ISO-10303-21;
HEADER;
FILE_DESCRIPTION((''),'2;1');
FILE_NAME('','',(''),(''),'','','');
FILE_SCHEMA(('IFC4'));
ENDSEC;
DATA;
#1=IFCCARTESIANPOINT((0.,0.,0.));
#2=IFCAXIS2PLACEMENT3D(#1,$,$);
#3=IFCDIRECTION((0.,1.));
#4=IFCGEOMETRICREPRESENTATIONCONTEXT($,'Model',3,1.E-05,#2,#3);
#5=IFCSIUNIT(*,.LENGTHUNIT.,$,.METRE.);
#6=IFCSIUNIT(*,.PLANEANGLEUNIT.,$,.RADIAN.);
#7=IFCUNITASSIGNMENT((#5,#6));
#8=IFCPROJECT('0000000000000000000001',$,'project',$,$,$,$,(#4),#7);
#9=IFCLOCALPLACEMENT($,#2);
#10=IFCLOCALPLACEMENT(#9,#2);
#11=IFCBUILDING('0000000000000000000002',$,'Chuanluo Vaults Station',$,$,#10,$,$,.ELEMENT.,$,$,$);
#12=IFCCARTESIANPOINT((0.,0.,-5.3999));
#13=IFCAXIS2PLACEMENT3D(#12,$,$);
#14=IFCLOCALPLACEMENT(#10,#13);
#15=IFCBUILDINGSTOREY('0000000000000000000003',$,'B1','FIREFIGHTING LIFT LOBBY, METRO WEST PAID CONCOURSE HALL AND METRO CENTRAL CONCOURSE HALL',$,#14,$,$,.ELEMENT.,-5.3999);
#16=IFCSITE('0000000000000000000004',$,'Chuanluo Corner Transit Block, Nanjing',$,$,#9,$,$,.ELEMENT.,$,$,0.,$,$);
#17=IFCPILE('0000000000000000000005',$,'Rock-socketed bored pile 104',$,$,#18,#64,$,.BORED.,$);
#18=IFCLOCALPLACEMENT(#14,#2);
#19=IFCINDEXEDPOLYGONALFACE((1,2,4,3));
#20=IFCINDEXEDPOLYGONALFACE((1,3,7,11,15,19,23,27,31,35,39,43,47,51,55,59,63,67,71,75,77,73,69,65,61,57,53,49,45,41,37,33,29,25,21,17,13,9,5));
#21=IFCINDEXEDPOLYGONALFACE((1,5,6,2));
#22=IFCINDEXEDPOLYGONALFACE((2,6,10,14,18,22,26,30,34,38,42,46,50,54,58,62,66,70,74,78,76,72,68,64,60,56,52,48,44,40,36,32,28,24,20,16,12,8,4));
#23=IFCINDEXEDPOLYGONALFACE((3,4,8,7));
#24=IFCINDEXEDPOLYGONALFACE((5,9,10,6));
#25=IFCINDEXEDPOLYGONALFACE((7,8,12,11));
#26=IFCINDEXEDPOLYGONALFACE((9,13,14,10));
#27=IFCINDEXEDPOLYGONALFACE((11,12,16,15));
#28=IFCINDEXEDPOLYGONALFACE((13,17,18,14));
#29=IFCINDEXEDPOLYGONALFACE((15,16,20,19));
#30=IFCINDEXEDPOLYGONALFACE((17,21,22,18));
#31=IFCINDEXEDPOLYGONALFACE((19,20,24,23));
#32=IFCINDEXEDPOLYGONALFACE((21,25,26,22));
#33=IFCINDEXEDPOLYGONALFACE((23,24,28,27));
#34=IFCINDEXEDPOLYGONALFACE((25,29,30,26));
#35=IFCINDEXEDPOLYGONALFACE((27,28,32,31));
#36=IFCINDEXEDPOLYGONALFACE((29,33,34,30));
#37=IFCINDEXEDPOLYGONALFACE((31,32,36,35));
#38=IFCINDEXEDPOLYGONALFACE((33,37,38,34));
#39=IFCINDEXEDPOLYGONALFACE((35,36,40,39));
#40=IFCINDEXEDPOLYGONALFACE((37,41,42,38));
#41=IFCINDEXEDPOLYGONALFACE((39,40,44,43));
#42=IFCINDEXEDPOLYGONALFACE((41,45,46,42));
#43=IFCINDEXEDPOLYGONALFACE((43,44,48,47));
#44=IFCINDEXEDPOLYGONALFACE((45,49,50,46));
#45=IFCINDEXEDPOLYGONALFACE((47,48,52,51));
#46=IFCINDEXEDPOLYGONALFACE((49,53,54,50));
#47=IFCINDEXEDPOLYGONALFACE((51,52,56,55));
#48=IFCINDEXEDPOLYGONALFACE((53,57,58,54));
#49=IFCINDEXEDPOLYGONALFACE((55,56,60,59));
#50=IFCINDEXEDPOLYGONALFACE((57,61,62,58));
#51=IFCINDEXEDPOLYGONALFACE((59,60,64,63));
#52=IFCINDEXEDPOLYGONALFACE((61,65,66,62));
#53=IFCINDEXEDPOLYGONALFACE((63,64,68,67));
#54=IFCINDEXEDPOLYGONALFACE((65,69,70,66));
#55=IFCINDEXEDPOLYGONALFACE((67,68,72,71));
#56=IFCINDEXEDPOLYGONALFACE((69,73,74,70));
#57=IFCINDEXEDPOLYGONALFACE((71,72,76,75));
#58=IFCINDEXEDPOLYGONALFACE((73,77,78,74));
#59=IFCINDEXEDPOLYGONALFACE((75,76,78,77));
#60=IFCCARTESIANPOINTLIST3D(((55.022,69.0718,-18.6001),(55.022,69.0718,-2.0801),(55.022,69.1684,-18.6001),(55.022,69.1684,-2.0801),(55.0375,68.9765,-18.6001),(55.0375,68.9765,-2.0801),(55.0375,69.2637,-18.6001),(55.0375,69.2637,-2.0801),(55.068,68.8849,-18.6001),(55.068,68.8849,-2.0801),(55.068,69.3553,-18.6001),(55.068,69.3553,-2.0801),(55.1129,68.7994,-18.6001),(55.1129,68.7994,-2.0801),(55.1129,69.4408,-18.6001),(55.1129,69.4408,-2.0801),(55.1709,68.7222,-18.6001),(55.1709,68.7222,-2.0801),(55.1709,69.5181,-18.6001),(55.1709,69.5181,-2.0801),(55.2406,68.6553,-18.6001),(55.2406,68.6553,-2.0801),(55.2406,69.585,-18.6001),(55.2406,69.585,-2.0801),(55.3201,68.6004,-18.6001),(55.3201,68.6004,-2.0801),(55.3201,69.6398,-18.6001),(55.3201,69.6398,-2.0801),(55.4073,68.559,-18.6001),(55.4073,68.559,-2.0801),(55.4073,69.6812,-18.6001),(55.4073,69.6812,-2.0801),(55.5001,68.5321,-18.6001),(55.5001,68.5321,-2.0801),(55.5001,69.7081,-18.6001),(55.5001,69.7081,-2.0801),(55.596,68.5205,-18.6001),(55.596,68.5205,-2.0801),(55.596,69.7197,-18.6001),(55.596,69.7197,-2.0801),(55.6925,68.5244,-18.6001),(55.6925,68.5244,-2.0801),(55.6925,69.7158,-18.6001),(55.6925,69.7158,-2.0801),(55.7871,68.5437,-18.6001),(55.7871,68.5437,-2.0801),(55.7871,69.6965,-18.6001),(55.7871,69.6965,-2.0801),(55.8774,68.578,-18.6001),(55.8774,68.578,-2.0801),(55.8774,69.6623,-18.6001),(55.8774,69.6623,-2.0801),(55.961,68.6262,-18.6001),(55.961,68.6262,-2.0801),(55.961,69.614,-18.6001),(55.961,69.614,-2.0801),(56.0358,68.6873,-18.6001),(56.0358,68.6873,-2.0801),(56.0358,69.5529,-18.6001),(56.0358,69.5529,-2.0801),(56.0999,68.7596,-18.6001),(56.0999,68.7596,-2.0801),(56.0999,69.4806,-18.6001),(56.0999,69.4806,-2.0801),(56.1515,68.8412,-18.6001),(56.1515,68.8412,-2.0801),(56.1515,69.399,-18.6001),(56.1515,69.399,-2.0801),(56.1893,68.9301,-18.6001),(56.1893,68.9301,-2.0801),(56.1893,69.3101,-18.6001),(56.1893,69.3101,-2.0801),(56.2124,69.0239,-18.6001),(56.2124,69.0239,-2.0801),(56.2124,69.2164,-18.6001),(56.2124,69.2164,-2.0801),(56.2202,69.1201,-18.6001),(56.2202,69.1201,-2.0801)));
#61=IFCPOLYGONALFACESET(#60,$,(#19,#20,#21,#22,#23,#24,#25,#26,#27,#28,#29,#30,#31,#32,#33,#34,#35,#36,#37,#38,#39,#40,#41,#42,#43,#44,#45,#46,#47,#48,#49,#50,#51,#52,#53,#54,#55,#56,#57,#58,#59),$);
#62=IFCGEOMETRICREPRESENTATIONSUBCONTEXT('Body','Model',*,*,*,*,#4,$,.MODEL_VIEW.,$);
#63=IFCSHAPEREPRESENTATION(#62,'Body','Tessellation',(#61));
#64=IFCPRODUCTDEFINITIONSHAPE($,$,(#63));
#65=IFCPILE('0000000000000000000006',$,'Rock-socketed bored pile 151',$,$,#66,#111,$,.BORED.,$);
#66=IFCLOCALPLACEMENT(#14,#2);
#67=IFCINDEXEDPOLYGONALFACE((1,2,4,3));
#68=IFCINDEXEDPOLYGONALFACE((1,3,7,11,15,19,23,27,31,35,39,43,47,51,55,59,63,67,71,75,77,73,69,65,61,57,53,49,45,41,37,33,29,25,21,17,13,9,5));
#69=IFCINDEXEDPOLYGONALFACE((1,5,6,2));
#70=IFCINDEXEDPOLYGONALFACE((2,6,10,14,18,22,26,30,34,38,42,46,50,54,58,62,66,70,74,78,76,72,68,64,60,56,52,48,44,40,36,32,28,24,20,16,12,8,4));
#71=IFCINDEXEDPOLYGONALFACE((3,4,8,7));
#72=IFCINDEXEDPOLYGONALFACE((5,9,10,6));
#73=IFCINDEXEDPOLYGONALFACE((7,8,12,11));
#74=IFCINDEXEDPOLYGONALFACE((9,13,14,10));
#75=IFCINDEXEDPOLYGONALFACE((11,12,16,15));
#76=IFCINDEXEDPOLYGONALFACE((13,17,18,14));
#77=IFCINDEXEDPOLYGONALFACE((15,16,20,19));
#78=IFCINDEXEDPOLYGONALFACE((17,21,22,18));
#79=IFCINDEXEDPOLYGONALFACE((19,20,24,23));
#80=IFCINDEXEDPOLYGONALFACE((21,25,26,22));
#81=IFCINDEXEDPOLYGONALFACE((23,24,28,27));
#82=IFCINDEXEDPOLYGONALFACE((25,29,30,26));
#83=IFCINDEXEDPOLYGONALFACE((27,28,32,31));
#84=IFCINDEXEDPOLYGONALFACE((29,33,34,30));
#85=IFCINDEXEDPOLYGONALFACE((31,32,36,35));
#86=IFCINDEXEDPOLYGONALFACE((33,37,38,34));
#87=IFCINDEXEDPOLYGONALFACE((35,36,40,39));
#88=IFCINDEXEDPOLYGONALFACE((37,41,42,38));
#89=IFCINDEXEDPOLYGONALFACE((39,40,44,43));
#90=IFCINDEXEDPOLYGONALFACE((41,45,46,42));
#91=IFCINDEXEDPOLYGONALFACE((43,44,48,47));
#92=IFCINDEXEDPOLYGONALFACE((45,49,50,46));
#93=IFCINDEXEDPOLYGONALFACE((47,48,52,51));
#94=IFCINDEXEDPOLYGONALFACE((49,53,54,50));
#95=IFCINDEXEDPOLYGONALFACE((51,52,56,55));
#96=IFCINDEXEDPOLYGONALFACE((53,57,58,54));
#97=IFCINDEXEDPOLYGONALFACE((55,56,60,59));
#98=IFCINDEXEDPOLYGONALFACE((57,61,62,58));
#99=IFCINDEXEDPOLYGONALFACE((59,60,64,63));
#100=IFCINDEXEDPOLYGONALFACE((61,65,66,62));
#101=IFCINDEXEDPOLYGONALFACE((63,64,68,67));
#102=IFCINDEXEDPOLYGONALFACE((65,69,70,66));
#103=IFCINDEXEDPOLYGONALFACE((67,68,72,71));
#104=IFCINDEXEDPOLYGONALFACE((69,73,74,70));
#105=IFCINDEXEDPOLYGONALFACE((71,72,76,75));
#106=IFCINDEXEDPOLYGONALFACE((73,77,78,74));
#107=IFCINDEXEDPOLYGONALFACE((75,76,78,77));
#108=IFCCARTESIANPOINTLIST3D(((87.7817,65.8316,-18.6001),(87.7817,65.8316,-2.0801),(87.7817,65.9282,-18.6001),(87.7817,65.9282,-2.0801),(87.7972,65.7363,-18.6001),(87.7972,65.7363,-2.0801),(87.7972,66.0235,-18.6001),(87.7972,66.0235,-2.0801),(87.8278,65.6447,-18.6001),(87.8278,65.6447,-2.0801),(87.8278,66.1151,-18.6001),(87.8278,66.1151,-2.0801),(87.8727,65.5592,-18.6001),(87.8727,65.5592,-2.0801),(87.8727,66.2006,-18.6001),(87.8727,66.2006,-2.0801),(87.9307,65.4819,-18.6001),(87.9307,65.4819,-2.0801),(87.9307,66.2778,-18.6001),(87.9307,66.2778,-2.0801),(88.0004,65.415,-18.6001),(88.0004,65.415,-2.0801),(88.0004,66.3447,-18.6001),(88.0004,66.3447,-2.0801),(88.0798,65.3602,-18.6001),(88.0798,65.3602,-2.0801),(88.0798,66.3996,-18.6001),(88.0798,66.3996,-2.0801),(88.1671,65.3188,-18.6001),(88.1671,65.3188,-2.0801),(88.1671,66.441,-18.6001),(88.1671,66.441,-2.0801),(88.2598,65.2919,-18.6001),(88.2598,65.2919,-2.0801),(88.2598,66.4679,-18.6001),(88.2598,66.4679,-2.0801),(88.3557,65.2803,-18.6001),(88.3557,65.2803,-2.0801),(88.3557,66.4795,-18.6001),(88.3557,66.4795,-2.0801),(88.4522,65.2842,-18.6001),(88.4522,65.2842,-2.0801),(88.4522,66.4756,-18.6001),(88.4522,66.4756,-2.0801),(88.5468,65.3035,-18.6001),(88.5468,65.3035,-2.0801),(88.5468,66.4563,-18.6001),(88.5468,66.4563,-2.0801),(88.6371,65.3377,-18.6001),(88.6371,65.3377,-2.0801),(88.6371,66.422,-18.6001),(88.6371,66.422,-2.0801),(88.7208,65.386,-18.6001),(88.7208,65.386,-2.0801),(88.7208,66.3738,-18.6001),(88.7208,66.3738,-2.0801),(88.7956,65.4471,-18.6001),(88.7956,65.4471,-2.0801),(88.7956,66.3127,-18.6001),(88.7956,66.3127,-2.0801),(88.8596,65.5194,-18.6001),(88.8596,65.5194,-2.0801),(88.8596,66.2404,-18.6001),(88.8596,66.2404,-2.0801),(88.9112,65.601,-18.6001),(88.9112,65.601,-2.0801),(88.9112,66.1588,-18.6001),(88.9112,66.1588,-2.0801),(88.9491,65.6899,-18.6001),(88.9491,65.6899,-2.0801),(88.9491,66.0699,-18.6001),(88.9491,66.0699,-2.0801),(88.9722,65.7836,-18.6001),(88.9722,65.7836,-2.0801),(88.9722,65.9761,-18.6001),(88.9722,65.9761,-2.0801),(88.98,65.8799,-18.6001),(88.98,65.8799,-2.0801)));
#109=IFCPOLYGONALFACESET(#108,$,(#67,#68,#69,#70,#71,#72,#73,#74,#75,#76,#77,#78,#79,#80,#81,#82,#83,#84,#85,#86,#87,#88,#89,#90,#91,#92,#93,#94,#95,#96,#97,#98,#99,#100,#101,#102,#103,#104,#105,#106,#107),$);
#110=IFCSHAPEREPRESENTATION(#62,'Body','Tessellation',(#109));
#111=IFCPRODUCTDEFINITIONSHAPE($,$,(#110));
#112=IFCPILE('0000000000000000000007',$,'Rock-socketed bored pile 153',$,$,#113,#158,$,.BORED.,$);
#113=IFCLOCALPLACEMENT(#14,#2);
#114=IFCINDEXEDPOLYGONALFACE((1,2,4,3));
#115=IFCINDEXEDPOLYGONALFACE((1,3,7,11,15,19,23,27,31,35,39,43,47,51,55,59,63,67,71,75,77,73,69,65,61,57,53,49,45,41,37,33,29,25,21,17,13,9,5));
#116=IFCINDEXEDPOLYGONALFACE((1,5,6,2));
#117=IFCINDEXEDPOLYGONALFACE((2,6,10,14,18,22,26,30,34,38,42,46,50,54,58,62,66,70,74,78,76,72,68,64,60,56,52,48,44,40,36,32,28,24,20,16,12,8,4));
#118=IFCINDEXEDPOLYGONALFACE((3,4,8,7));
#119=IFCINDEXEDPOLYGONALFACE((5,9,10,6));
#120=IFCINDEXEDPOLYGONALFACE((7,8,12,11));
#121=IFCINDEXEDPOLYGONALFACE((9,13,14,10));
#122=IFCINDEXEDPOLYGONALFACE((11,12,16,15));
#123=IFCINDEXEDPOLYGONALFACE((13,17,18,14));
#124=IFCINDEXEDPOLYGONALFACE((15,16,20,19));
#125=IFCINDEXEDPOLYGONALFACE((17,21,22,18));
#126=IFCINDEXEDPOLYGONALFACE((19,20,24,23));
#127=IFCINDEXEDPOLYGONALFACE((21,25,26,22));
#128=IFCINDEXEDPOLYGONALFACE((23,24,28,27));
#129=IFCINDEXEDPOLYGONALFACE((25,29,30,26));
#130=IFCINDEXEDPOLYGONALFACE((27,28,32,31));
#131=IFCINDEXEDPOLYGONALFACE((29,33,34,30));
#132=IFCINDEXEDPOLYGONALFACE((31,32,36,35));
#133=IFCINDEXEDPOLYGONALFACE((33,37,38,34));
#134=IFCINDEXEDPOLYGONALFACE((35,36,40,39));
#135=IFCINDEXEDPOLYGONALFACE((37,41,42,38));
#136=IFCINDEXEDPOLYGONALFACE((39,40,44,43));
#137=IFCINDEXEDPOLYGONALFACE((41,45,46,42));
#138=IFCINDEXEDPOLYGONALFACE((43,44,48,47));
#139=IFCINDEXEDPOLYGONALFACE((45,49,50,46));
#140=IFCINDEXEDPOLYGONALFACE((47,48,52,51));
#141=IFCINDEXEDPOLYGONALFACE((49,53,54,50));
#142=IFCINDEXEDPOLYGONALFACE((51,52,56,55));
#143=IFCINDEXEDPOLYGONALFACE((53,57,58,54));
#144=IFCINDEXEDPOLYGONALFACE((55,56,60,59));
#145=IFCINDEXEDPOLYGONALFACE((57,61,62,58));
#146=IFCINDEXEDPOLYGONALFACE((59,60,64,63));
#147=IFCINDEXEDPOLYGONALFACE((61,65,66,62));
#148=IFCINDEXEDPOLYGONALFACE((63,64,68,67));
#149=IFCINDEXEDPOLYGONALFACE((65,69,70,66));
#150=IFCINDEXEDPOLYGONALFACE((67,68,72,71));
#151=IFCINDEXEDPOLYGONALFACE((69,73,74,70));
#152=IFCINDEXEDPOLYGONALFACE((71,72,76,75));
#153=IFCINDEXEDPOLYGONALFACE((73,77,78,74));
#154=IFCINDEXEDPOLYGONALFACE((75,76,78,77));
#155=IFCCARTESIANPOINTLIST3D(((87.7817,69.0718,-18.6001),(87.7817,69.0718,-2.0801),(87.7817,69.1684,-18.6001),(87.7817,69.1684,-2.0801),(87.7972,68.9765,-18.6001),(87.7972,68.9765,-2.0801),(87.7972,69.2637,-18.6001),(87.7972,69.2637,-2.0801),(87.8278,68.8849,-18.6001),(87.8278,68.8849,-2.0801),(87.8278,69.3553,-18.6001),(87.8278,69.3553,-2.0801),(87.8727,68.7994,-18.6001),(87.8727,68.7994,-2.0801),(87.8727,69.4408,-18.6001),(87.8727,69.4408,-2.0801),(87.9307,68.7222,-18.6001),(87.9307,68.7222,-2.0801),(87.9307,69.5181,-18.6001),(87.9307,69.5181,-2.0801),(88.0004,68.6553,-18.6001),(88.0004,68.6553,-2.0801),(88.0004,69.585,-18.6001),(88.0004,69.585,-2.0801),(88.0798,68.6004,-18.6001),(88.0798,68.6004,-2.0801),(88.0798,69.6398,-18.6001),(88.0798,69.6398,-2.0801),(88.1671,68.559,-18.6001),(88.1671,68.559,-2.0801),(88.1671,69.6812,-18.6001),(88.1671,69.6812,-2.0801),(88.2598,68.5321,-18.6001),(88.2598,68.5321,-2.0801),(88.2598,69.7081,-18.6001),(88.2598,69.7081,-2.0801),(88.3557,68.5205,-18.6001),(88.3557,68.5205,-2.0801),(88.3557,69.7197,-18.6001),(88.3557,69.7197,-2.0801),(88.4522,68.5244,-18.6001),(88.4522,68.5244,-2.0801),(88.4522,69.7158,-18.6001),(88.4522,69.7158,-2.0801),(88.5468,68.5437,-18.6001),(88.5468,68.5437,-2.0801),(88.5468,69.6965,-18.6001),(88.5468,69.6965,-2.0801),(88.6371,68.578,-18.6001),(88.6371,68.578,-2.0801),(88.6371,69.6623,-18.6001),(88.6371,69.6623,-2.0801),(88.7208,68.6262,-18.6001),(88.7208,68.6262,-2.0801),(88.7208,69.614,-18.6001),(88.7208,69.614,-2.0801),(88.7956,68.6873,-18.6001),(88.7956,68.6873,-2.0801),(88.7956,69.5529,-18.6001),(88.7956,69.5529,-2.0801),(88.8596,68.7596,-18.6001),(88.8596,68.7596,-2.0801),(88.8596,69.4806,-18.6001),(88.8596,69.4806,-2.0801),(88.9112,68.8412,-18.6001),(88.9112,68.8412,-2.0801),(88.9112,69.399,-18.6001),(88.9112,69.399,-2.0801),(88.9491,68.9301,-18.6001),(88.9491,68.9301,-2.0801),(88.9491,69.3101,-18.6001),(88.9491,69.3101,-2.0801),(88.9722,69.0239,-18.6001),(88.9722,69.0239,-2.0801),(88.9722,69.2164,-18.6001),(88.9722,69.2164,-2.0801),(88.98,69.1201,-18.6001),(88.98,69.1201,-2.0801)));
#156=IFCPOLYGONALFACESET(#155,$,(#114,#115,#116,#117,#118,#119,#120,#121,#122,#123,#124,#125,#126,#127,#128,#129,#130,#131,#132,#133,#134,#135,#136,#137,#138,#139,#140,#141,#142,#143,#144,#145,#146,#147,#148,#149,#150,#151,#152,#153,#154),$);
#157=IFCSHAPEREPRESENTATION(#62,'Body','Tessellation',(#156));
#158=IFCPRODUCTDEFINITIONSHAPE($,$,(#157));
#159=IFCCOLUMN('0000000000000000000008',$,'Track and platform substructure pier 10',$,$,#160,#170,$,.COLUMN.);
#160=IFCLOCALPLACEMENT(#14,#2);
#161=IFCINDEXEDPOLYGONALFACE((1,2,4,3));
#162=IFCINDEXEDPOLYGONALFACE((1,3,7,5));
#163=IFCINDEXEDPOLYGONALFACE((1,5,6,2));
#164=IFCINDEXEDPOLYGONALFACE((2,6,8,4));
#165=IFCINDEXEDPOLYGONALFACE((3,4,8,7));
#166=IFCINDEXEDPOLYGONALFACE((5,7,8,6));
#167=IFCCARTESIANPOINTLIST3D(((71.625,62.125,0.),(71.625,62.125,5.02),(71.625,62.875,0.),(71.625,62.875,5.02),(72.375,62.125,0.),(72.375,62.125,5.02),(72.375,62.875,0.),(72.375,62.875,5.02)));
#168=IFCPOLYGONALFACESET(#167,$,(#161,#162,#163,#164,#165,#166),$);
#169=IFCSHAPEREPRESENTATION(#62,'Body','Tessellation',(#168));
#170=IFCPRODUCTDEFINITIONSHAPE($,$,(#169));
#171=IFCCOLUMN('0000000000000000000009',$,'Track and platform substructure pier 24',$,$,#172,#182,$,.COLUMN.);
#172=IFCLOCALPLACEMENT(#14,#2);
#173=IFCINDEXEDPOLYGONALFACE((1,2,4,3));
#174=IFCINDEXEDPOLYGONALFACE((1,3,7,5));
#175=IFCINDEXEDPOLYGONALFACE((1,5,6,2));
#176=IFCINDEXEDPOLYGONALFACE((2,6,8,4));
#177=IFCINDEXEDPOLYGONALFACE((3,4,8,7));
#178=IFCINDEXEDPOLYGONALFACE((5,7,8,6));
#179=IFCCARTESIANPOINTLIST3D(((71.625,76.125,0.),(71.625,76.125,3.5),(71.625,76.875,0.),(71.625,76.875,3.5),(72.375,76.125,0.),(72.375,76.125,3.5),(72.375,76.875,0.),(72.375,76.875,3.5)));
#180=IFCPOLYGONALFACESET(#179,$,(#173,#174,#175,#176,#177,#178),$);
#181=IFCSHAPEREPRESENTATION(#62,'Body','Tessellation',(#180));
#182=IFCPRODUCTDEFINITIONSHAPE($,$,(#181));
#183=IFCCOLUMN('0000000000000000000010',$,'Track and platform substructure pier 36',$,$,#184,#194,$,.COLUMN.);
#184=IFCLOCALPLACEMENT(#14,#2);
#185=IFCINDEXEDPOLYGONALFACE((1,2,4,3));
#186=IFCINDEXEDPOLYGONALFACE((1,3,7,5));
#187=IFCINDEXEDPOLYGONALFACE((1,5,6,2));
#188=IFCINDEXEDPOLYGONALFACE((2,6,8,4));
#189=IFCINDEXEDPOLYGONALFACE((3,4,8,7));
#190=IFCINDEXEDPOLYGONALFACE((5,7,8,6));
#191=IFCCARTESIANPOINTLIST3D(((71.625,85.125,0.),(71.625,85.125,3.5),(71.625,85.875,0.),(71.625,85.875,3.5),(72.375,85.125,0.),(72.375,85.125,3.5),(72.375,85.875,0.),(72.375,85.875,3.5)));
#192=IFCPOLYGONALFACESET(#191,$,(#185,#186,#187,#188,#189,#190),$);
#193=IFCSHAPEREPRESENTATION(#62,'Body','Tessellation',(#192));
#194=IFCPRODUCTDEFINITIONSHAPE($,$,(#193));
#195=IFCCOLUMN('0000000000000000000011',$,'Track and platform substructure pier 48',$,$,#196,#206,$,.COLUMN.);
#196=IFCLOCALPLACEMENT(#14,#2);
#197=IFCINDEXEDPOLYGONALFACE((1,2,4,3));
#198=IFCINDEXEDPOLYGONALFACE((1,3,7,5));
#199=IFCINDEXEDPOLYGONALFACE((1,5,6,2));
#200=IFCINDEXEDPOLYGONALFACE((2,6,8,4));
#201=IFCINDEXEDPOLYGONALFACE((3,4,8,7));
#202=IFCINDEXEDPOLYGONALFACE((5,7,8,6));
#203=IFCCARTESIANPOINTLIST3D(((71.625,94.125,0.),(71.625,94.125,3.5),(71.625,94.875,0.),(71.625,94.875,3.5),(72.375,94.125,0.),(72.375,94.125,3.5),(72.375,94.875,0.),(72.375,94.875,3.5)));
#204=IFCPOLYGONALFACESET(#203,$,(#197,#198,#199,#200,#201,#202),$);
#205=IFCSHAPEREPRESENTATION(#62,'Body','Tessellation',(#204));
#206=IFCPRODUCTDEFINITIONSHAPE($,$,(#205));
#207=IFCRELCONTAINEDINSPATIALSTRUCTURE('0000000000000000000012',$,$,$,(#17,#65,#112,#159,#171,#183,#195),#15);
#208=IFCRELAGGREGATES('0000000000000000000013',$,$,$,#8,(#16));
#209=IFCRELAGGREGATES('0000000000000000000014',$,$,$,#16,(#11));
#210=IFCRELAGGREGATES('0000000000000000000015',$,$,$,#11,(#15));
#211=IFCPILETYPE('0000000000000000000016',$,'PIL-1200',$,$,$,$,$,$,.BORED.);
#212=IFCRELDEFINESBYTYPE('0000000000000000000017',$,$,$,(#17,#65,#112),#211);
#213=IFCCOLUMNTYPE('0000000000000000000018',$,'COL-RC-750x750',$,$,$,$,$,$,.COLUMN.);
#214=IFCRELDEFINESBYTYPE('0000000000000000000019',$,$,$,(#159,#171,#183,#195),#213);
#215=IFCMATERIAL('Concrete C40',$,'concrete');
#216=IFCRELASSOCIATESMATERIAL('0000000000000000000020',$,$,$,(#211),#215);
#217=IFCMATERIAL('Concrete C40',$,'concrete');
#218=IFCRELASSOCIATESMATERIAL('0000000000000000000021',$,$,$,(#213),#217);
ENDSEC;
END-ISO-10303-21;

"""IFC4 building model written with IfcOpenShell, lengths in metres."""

from ifc_helpers import new_model, si_unit, direction, frame, origin, origin_2d, place, context, subcontext, project, spatial, rectangle, circle, extrude, material, material_profile, profile_set, type_object, element, save


model = new_model("IFC4")

# Units and contexts
model_context = context("Model", 3, precision=1e-05, world=origin(), true_north=direction((0.0, 1.0)))
body_context = subcontext(model_context, "Body", "Model", "MODEL_VIEW")
ifc_project = project(units=[si_unit("LENGTHUNIT", "METRE"), si_unit("PLANEANGLEUNIT", "RADIAN")], contexts=[model_context])

# Site, building, storey
site_placement = place(None, origin())
site = spatial("IfcSite", under=ifc_project, at=site_placement, Name="Chuanluo Corner Transit Block, Nanjing", CompositionType="ELEMENT", RefElevation=0.0)
building_placement = place(site_placement, origin())
building = spatial("IfcBuilding", under=site, at=building_placement, Name="Chuanluo Vaults Station", CompositionType="ELEMENT")
storey_placement = place(building_placement, frame((0.0, 0.0, -5.3999)))
storey = spatial("IfcBuildingStorey", under=building, at=storey_placement, Name="B1", Description="FIREFIGHTING LIFT LOBBY, METRO WEST PAID CONCOURSE HALL AND METRO CENTRAL CONCOURSE HALL", CompositionType="ELEMENT", Elevation=-5.3999)

# Piles
ifc_material_1 = material(Name="Concrete C40", Category="concrete")
ifc_material_profile_1 = material_profile(ifc_material_1, circle(Radius=0.6001, at=origin_2d()))
ifc_profile_set_1 = profile_set([ifc_material_profile_1], Name="Concrete C40")
pile_type_1 = type_object("IfcPileType", Name="PIL-1200", PredefinedType="BORED", material=ifc_profile_set_1)
for number, where, z_axis, x_axis, name in (
    (1, (55.6201, 69.1201, -2.0801), (0.0, 0.0, -1.0), (1.0, 0.0, 0.0), "Rock-socketed bored pile 104"),
    (2, (88.3799, 65.8799, -2.0801), (0.0, 0.0, -1.0), (1.0, 0.0, 0.0), "Rock-socketed bored pile 151"),
    (3, (88.3799, 69.1201, -2.0801), (0.0, 0.0, -1.0), (1.0, 0.0, 0.0), "Rock-socketed bored pile 153"),
):
    element("IfcPile", number, at=place(storey_placement, frame(where, z_axis=z_axis, x_axis=x_axis)), inside=storey, type_object=pile_type_1, Name=name, PredefinedType="BORED", context=body_context, shape_type="SweptSolid", body=[
        extrude(circle(Radius=0.6001, at=origin_2d()), origin(), (0.0, 0.0, 1.0), 16.52),
    ])

# Columns
ifc_material_2 = material(Name="Concrete C40", Category="concrete")
ifc_material_profile_2 = material_profile(ifc_material_2, rectangle(XDim=0.75, YDim=0.75, at=origin_2d()))
ifc_profile_set_2 = profile_set([ifc_material_profile_2], Name="Concrete C40")
column_type_1 = type_object("IfcColumnType", Name="COL-RC-750x750", PredefinedType="COLUMN", material=ifc_profile_set_2)
column_1_placement = place(storey_placement, frame((72.0, 62.5, 0.0), z_axis=(0.0, 0.0, 1.0), x_axis=(1.0, 0.0, 0.0)))
element("IfcColumn", 4, at=column_1_placement, inside=storey, type_object=column_type_1, Name="Track and platform substructure pier 10", PredefinedType="COLUMN", context=body_context, shape_type="SweptSolid", body=[
    extrude(rectangle(XDim=0.75, YDim=0.75, at=origin_2d()), origin(), (0.0, 0.0, 1.0), 5.02),
])
for number, where, z_axis, x_axis, name in (
    (5, (72.0, 76.5, 0.0), (0.0, 0.0, 1.0), (1.0, 0.0, 0.0), "Track and platform substructure pier 24"),
    (6, (72.0, 85.5, 0.0), (0.0, 0.0, 1.0), (1.0, 0.0, 0.0), "Track and platform substructure pier 36"),
    (7, (72.0, 94.5, 0.0), (0.0, 0.0, 1.0), (1.0, 0.0, 0.0), "Track and platform substructure pier 48"),
):
    element("IfcColumn", number, at=place(storey_placement, frame(where, z_axis=z_axis, x_axis=x_axis)), inside=storey, type_object=column_type_1, Name=name, PredefinedType="COLUMN", context=body_context, shape_type="SweptSolid", body=[
        extrude(rectangle(XDim=0.75, YDim=0.75, at=origin_2d()), origin(), (0.0, 0.0, 1.0), 3.5),
    ])

save(model, "model.ifc")
